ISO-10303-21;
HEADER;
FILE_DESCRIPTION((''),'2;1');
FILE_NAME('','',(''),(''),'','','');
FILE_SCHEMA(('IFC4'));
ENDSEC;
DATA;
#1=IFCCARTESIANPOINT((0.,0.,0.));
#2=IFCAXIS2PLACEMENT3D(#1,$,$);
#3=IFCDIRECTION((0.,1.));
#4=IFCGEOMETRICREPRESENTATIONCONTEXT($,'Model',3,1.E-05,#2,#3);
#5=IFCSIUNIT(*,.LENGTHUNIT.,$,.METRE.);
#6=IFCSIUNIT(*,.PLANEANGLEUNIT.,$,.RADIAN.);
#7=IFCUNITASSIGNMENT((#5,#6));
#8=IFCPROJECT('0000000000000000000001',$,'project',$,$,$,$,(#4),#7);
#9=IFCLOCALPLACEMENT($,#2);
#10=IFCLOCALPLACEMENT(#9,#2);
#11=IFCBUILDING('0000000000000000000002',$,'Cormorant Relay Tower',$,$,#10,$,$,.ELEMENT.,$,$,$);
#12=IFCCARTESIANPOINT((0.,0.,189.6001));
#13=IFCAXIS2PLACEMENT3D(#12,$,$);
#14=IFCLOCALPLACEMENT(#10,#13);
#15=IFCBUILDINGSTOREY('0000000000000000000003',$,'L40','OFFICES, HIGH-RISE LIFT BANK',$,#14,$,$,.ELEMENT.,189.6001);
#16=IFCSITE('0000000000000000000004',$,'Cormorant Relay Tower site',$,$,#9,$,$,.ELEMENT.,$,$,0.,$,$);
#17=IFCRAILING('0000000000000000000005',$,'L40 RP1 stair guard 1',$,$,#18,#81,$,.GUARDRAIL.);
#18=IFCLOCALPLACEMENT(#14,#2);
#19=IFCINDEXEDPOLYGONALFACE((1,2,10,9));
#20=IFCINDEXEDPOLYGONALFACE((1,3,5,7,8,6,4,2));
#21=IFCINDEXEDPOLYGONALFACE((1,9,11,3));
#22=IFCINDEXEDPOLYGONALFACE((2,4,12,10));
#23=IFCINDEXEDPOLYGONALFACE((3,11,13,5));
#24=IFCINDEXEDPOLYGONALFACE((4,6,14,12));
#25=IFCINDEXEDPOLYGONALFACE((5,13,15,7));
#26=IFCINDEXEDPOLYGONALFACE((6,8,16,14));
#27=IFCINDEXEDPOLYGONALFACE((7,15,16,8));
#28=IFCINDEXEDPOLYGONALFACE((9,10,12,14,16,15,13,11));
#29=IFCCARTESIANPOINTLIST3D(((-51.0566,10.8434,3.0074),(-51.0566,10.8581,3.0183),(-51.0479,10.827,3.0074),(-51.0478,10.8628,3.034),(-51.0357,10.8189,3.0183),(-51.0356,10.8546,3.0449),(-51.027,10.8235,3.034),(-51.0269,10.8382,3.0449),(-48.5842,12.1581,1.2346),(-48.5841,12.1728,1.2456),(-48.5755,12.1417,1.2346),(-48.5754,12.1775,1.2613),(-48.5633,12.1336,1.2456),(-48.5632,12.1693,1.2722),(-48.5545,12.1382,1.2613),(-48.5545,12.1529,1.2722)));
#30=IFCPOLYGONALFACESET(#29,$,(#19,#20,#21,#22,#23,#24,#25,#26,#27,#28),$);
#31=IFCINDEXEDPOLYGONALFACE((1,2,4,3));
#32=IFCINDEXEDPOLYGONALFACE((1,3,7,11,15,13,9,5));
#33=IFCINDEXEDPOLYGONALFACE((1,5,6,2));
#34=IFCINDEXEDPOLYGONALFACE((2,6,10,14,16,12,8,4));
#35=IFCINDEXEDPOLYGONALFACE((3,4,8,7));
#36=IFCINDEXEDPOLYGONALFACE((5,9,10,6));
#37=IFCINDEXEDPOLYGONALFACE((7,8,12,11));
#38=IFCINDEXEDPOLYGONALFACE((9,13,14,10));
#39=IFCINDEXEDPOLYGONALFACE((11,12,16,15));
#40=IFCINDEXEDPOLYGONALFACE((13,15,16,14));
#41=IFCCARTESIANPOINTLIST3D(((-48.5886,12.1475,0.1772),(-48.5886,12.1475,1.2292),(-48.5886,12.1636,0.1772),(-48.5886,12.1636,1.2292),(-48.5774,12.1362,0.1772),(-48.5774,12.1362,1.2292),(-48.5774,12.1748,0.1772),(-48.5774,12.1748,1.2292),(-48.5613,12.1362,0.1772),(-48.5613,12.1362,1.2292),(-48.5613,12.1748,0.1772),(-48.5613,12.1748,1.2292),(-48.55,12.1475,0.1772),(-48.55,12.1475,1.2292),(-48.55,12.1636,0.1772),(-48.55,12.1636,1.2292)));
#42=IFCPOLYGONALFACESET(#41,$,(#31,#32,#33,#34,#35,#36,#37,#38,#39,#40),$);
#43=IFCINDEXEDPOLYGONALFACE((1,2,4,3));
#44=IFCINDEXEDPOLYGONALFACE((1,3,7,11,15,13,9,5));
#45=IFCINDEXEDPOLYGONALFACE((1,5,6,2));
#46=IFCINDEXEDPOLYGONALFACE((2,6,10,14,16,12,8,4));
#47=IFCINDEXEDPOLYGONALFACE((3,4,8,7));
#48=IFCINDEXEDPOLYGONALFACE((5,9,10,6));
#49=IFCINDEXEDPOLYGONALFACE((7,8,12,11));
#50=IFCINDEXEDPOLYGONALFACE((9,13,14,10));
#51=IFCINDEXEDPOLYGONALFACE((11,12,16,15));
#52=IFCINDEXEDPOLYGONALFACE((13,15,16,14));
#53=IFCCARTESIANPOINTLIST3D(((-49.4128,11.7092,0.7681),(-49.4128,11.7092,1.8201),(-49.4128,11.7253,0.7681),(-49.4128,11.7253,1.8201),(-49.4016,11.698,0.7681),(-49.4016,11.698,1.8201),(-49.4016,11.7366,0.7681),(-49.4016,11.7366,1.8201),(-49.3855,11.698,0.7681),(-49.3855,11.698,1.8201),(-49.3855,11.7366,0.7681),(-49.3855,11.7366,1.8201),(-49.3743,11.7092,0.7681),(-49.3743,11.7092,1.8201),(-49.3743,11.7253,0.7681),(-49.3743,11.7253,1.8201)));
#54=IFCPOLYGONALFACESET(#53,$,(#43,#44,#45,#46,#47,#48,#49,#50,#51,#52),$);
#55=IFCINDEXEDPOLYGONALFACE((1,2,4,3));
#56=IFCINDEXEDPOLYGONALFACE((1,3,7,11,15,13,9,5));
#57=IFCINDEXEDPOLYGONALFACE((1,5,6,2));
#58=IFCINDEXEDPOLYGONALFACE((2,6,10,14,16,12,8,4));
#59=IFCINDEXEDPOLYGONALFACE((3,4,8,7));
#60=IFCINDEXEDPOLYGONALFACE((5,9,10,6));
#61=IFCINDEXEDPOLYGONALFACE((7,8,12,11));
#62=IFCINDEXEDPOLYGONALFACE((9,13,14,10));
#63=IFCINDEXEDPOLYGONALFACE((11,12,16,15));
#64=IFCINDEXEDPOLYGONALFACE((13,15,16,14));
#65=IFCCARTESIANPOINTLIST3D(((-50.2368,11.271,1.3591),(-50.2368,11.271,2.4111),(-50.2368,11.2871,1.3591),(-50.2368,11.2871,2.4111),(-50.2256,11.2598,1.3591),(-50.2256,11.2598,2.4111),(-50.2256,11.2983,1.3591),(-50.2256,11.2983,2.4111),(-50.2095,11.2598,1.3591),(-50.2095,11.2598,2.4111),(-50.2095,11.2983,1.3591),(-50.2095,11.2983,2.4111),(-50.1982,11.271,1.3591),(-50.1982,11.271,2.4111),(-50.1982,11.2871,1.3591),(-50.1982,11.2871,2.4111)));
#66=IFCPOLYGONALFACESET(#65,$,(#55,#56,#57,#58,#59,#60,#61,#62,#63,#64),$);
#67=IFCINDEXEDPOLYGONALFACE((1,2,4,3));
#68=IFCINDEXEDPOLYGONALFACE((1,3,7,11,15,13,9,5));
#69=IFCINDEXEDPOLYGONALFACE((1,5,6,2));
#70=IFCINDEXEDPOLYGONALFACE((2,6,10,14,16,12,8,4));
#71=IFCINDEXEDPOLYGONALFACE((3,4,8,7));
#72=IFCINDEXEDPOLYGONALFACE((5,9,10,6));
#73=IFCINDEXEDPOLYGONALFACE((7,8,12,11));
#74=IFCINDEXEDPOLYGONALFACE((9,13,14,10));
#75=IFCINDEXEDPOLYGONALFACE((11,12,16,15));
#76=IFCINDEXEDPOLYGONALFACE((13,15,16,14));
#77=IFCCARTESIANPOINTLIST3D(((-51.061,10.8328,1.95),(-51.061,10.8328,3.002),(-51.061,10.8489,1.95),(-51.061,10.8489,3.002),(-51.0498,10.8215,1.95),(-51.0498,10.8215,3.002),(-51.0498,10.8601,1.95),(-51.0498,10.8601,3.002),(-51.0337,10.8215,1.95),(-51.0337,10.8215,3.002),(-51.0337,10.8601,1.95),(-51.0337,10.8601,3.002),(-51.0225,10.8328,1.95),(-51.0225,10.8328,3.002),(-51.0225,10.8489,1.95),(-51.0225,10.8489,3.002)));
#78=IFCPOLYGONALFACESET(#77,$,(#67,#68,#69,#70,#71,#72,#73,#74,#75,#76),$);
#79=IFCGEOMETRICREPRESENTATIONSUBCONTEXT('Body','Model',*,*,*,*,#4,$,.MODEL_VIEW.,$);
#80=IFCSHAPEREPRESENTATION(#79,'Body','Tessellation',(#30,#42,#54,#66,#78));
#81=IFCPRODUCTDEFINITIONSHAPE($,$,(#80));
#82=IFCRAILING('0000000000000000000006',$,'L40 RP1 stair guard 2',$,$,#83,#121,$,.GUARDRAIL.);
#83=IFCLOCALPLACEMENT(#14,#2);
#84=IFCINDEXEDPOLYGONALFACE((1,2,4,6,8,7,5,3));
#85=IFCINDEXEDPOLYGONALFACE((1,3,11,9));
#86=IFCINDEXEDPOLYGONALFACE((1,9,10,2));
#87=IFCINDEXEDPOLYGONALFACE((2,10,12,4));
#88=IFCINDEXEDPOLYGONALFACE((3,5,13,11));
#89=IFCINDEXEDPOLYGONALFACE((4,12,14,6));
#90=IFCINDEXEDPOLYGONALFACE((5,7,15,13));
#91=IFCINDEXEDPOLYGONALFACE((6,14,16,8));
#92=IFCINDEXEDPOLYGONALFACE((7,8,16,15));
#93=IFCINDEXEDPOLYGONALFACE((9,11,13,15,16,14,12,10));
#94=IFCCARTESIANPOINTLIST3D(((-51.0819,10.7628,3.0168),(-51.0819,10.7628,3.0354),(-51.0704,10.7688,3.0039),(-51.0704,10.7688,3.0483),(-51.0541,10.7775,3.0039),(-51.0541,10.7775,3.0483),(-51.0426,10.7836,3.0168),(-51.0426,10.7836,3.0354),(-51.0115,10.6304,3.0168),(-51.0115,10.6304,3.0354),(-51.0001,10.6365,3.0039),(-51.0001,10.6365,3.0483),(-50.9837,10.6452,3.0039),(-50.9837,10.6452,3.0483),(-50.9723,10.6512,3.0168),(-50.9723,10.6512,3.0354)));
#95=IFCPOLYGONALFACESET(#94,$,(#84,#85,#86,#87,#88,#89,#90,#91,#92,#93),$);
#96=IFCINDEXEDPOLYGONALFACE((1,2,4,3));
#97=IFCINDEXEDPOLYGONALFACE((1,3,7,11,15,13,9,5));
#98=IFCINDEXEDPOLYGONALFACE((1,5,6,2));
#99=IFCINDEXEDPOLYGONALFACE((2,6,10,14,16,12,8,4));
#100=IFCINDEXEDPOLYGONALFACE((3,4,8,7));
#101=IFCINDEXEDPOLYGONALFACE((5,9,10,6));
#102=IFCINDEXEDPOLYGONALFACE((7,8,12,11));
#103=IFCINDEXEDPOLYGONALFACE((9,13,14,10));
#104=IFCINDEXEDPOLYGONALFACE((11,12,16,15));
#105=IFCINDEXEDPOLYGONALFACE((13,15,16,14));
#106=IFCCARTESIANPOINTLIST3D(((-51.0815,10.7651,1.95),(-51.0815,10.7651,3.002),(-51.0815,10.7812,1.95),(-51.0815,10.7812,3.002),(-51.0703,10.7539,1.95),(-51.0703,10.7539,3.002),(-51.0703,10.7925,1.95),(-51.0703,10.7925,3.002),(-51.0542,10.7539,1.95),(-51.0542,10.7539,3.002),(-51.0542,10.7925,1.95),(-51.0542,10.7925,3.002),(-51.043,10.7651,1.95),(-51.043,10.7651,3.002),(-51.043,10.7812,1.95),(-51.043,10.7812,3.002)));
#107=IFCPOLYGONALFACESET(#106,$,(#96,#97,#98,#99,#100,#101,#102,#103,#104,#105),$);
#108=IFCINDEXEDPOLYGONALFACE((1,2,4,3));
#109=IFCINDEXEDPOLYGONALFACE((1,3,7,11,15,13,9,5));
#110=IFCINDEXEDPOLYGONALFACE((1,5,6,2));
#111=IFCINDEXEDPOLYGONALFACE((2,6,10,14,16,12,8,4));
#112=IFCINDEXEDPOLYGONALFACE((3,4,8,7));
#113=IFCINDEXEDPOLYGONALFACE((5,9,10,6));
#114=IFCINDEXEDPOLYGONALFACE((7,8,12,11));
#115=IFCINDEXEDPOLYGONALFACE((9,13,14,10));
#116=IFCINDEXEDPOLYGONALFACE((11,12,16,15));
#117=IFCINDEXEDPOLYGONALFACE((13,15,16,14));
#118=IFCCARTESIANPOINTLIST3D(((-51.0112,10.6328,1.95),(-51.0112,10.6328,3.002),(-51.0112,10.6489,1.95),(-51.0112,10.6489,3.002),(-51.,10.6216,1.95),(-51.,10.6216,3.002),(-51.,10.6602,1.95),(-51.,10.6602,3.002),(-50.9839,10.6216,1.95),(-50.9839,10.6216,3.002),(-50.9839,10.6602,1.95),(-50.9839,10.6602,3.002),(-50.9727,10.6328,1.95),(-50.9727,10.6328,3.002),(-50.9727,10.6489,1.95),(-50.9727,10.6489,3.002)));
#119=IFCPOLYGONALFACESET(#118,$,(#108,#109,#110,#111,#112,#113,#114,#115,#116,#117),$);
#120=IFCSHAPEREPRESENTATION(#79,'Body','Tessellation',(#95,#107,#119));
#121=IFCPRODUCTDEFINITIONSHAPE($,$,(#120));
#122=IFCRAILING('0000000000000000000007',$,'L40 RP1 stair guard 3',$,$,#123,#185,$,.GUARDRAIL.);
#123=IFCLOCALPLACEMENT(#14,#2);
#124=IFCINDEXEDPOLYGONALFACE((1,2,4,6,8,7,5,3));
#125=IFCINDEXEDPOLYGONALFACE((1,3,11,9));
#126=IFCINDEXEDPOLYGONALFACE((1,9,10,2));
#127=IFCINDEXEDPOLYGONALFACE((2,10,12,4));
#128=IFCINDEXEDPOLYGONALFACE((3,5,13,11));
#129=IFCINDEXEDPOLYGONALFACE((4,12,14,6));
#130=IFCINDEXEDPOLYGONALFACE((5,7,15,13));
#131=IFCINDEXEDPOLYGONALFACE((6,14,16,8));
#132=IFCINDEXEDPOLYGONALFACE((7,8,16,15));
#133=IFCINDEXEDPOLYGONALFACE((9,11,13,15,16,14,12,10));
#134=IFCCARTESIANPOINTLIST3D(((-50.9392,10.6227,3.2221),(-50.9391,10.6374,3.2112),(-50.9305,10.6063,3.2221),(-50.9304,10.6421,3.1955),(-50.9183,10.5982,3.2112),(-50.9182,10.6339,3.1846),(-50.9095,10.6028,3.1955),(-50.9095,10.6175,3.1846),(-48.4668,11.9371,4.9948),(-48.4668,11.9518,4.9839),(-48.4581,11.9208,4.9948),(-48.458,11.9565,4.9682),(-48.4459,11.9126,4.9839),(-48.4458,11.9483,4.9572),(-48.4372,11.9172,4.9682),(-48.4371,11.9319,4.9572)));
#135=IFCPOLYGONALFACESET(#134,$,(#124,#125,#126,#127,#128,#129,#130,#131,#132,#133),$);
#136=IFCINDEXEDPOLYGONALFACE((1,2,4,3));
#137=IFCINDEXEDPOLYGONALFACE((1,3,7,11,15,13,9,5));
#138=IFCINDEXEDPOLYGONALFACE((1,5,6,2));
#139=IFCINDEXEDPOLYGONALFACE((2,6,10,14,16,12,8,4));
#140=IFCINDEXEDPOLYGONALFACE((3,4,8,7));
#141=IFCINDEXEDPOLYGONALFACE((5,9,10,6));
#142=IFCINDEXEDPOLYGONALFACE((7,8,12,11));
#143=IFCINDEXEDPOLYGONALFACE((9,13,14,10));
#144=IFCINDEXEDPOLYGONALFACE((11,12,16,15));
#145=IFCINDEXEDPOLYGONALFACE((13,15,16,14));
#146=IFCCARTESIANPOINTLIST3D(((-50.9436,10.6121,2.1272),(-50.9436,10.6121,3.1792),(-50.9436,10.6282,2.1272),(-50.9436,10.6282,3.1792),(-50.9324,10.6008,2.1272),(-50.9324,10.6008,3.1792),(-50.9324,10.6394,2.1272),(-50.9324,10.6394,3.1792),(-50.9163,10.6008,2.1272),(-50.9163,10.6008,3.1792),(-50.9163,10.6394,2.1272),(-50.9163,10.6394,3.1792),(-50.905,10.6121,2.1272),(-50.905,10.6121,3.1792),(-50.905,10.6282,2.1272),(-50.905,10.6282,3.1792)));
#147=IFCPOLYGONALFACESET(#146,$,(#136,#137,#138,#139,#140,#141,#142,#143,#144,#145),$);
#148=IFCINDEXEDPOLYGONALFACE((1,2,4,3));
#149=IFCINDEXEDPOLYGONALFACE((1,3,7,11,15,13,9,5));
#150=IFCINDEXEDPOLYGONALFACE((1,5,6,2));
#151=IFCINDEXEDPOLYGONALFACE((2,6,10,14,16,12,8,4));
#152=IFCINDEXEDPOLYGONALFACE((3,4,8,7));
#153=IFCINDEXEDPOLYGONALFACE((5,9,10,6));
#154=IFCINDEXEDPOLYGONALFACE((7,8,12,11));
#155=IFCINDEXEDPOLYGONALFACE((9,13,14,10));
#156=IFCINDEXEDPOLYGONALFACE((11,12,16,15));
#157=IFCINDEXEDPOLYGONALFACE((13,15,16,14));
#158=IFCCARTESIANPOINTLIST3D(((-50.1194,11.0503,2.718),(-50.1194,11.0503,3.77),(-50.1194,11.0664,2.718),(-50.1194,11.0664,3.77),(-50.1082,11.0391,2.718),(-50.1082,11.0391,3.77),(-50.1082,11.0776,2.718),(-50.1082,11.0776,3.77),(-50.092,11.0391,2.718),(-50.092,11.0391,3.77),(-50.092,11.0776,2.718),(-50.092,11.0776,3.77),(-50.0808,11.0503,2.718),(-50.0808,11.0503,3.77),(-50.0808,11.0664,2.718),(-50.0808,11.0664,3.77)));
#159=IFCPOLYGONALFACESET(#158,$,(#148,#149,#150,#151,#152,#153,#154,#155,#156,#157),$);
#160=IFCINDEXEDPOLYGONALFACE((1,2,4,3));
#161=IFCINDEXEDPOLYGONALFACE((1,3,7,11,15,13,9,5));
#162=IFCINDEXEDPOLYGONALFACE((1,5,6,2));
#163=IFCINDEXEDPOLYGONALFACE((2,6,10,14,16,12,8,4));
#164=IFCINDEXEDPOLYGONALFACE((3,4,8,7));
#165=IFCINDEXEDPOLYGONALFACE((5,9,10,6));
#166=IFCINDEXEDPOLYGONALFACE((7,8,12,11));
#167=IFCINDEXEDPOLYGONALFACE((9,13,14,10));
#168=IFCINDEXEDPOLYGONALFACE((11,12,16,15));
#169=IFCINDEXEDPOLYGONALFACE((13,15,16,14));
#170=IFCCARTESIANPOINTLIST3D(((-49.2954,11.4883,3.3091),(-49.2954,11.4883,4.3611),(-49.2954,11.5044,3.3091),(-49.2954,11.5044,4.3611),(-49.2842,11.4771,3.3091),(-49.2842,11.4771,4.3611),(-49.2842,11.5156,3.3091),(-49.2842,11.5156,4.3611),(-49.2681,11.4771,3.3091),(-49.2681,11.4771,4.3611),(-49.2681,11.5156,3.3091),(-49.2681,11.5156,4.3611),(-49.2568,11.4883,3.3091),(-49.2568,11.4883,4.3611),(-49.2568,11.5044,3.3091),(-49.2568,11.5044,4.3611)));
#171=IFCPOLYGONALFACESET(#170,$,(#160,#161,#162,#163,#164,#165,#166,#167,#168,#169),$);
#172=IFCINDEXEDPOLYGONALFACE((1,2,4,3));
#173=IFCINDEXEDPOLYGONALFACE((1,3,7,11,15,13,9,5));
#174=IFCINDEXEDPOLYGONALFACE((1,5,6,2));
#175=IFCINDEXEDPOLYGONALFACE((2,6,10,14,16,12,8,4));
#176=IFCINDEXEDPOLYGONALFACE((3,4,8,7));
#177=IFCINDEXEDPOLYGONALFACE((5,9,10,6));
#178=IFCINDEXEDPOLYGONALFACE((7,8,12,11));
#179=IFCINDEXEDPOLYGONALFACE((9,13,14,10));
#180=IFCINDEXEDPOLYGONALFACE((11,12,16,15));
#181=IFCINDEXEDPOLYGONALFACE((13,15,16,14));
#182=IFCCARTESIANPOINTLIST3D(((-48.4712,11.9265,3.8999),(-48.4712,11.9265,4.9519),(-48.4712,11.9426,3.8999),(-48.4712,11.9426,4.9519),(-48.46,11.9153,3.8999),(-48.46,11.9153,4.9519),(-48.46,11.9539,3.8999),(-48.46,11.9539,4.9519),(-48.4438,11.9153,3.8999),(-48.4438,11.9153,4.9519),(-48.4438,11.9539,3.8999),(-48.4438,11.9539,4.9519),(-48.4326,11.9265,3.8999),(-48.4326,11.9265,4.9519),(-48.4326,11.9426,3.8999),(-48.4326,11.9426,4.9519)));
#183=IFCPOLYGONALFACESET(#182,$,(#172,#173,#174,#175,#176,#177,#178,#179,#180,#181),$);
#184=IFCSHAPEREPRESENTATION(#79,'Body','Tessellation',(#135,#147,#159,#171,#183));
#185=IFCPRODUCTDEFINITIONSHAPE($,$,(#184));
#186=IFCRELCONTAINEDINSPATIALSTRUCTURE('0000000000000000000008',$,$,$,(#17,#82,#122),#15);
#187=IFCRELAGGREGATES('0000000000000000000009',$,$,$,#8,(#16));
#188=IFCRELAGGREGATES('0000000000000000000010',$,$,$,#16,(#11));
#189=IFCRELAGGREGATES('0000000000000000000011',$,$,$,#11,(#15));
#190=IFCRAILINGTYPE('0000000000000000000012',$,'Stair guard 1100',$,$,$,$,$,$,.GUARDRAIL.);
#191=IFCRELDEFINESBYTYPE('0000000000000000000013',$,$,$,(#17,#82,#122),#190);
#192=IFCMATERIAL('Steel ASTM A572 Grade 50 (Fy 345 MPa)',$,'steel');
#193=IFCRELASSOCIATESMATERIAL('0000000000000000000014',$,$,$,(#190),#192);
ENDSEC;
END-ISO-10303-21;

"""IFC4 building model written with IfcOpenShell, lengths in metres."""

from ifc_helpers import new_model, si_unit, direction, frame, origin, place, context, subcontext, project, spatial, polyline, outline, extrude, material, type_object, element, save


model = new_model("IFC4")

# Units and contexts
model_context = context("Model", 3, precision=1e-05, world=origin(), true_north=direction((0.0, 1.0)))
body_context = subcontext(model_context, "Body", "Model", "MODEL_VIEW")
ifc_project = project(units=[si_unit("LENGTHUNIT", "METRE"), si_unit("PLANEANGLEUNIT", "RADIAN")], contexts=[model_context])

# Site, building, storey
site_placement = place(None, origin())
site = spatial("IfcSite", under=ifc_project, at=site_placement, Name="Cormorant Relay Tower site", CompositionType="ELEMENT", RefElevation=0.0)
building_placement = place(site_placement, origin())
building = spatial("IfcBuilding", under=site, at=building_placement, Name="Cormorant Relay Tower", CompositionType="ELEMENT")
storey_placement = place(building_placement, frame((0.0, 0.0, 189.6001)))
storey = spatial("IfcBuildingStorey", under=building, at=storey_placement, Name="L40", Description="OFFICES, HIGH-RISE LIFT BANK", CompositionType="ELEMENT", Elevation=189.6001)

# Railings
ifc_material_1 = material(Name="Steel ASTM A572 Grade 50 (Fy 345 MPa)", Category="steel")
railing_type_1 = type_object("IfcRailingType", Name="Stair guard 1100", PredefinedType="GUARDRAIL", material=ifc_material_1)
railing_1_placement = place(storey_placement, frame((-48.5693, 12.1555, 0.1772)))
element("IfcRailing", 1, at=railing_1_placement, inside=storey, type_object=railing_type_1, Name="L40 RP1 stair guard 1", PredefinedType="GUARDRAIL", context=body_context, shape_type="SweptSolid", body=[
    extrude(outline(polyline([(0.0222, 0.0093), (0.0093, 0.0222), (-0.0093, 0.0222), (-0.0222, 0.0093), (-0.0222, -0.0093), (-0.0093, -0.0222), (0.0093, -0.0222), (0.0222, -0.0093), (0.0222, 0.0093)])), frame((0.0, 0.0, 1.0762), z_axis=(-0.746012, -0.39669, 0.534886), x_axis=(0.469497, -0.882934, 0.0)), (0.0, 0.0, 1.0), 3.3142),
    extrude(outline(polyline([(0.0193, 0.0081), (0.0081, 0.0193), (-0.0081, 0.0193), (-0.0193, 0.0081), (-0.0193, -0.0081), (-0.0081, -0.0193), (0.0081, -0.0193), (0.0193, -0.0081), (0.0193, 0.0081)])), origin(), (0.0, 0.0, 1.0), 1.052),
    extrude(outline(polyline([(0.0193, 0.0081), (0.0081, 0.0193), (-0.0081, 0.0193), (-0.0193, 0.0081), (-0.0193, -0.0081), (-0.0081, -0.0193), (0.0081, -0.0193), (0.0193, -0.0081), (0.0193, 0.0081)])), frame((-0.8242, -0.4382, 0.5908)), (0.0, 0.0, 1.0), 1.052),
    extrude(outline(polyline([(0.0193, 0.0081), (0.0081, 0.0193), (-0.0081, 0.0193), (-0.0193, 0.0081), (-0.0193, -0.0081), (-0.0081, -0.0193), (0.0081, -0.0193), (0.0193, -0.0081), (0.0193, 0.0081)])), frame((-1.6482, -0.8765, 1.1819)), (0.0, 0.0, 1.0), 1.052),
    extrude(outline(polyline([(0.0193, 0.0081), (0.0081, 0.0193), (-0.0081, 0.0193), (-0.0193, 0.0081), (-0.0193, -0.0081), (-0.0081, -0.0193), (0.0081, -0.0193), (0.0193, -0.0081), (0.0193, 0.0081)])), frame((-2.4724, -1.3147, 1.7727)), (0.0, 0.0, 1.0), 1.052),
])
railing_2_placement = place(storey_placement, frame((-51.0623, 10.7732, 1.95)))
element("IfcRailing", 2, at=railing_2_placement, inside=storey, type_object=railing_type_1, Name="L40 RP1 stair guard 2", PredefinedType="GUARDRAIL", context=body_context, shape_type="SweptSolid", body=[
    extrude(outline(polyline([(0.0222, 0.0093), (0.0093, 0.0222), (-0.0093, 0.0222), (-0.0222, 0.0093), (-0.0222, -0.0093), (-0.0093, -0.0222), (0.0093, -0.0222), (0.0222, -0.0093), (0.0222, 0.0093)])), frame((0.0, 0.0, 1.0762), z_axis=(0.469235, -0.883074, 0.0), x_axis=(0.883074, 0.469235, 0.0)), (0.0, 0.0, 1.0), 0.1499),
    extrude(outline(polyline([(0.0193, 0.0081), (0.0081, 0.0193), (-0.0081, 0.0193), (-0.0193, 0.0081), (-0.0193, -0.0081), (-0.0081, -0.0193), (0.0081, -0.0193), (0.0193, -0.0081), (0.0193, 0.0081)])), origin(), (0.0, 0.0, 1.0), 1.052),
    extrude(outline(polyline([(0.0193, 0.0081), (0.0081, 0.0193), (-0.0081, 0.0193), (-0.0193, 0.0081), (-0.0193, -0.0081), (-0.0081, -0.0193), (0.0081, -0.0193), (0.0193, -0.0081), (0.0193, 0.0081)])), frame((0.0703, -0.1323, 0.0)), (0.0, 0.0, 1.0), 1.052),
])
railing_3_placement = place(storey_placement, frame((-50.9243, 10.6201, 2.1272)))
element("IfcRailing", 3, at=railing_3_placement, inside=storey, type_object=railing_type_1, Name="L40 RP1 stair guard 3", PredefinedType="GUARDRAIL", context=body_context, shape_type="SweptSolid", body=[
    extrude(outline(polyline([(0.0222, 0.0093), (0.0093, 0.0222), (-0.0093, 0.0222), (-0.0222, 0.0093), (-0.0222, -0.0093), (-0.0093, -0.0222), (0.0093, -0.0222), (0.0222, -0.0093), (0.0222, 0.0093)])), frame((0.0, 0.0, 1.0762), z_axis=(0.746034, 0.396627, 0.534902), x_axis=(-0.469429, 0.88297, 0.0)), (0.0, 0.0, 1.0), 3.314),
    extrude(outline(polyline([(0.0193, 0.0081), (0.0081, 0.0193), (-0.0081, 0.0193), (-0.0193, 0.0081), (-0.0193, -0.0081), (-0.0081, -0.0193), (0.0081, -0.0193), (0.0193, -0.0081), (0.0193, 0.0081)])), origin(), (0.0, 0.0, 1.0), 1.052),
    extrude(outline(polyline([(0.0193, 0.0081), (0.0081, 0.0193), (-0.0081, 0.0193), (-0.0193, 0.0081), (-0.0193, -0.0081), (-0.0081, -0.0193), (0.0081, -0.0193), (0.0193, -0.0081), (0.0193, 0.0081)])), frame((0.8242, 0.4382, 0.5908)), (0.0, 0.0, 1.0), 1.052),
    extrude(outline(polyline([(0.0193, 0.0081), (0.0081, 0.0193), (-0.0081, 0.0193), (-0.0193, 0.0081), (-0.0193, -0.0081), (-0.0081, -0.0193), (0.0081, -0.0193), (0.0193, -0.0081), (0.0193, 0.0081)])), frame((1.6482, 0.8762, 1.1819)), (0.0, 0.0, 1.0), 1.052),
    extrude(outline(polyline([(0.0193, 0.0081), (0.0081, 0.0193), (-0.0081, 0.0193), (-0.0193, 0.0081), (-0.0193, -0.0081), (-0.0081, -0.0193), (0.0081, -0.0193), (0.0193, -0.0081), (0.0193, 0.0081)])), frame((2.4724, 1.3145, 1.7727)), (0.0, 0.0, 1.0), 1.052),
])

save(model, "model.ifc")
